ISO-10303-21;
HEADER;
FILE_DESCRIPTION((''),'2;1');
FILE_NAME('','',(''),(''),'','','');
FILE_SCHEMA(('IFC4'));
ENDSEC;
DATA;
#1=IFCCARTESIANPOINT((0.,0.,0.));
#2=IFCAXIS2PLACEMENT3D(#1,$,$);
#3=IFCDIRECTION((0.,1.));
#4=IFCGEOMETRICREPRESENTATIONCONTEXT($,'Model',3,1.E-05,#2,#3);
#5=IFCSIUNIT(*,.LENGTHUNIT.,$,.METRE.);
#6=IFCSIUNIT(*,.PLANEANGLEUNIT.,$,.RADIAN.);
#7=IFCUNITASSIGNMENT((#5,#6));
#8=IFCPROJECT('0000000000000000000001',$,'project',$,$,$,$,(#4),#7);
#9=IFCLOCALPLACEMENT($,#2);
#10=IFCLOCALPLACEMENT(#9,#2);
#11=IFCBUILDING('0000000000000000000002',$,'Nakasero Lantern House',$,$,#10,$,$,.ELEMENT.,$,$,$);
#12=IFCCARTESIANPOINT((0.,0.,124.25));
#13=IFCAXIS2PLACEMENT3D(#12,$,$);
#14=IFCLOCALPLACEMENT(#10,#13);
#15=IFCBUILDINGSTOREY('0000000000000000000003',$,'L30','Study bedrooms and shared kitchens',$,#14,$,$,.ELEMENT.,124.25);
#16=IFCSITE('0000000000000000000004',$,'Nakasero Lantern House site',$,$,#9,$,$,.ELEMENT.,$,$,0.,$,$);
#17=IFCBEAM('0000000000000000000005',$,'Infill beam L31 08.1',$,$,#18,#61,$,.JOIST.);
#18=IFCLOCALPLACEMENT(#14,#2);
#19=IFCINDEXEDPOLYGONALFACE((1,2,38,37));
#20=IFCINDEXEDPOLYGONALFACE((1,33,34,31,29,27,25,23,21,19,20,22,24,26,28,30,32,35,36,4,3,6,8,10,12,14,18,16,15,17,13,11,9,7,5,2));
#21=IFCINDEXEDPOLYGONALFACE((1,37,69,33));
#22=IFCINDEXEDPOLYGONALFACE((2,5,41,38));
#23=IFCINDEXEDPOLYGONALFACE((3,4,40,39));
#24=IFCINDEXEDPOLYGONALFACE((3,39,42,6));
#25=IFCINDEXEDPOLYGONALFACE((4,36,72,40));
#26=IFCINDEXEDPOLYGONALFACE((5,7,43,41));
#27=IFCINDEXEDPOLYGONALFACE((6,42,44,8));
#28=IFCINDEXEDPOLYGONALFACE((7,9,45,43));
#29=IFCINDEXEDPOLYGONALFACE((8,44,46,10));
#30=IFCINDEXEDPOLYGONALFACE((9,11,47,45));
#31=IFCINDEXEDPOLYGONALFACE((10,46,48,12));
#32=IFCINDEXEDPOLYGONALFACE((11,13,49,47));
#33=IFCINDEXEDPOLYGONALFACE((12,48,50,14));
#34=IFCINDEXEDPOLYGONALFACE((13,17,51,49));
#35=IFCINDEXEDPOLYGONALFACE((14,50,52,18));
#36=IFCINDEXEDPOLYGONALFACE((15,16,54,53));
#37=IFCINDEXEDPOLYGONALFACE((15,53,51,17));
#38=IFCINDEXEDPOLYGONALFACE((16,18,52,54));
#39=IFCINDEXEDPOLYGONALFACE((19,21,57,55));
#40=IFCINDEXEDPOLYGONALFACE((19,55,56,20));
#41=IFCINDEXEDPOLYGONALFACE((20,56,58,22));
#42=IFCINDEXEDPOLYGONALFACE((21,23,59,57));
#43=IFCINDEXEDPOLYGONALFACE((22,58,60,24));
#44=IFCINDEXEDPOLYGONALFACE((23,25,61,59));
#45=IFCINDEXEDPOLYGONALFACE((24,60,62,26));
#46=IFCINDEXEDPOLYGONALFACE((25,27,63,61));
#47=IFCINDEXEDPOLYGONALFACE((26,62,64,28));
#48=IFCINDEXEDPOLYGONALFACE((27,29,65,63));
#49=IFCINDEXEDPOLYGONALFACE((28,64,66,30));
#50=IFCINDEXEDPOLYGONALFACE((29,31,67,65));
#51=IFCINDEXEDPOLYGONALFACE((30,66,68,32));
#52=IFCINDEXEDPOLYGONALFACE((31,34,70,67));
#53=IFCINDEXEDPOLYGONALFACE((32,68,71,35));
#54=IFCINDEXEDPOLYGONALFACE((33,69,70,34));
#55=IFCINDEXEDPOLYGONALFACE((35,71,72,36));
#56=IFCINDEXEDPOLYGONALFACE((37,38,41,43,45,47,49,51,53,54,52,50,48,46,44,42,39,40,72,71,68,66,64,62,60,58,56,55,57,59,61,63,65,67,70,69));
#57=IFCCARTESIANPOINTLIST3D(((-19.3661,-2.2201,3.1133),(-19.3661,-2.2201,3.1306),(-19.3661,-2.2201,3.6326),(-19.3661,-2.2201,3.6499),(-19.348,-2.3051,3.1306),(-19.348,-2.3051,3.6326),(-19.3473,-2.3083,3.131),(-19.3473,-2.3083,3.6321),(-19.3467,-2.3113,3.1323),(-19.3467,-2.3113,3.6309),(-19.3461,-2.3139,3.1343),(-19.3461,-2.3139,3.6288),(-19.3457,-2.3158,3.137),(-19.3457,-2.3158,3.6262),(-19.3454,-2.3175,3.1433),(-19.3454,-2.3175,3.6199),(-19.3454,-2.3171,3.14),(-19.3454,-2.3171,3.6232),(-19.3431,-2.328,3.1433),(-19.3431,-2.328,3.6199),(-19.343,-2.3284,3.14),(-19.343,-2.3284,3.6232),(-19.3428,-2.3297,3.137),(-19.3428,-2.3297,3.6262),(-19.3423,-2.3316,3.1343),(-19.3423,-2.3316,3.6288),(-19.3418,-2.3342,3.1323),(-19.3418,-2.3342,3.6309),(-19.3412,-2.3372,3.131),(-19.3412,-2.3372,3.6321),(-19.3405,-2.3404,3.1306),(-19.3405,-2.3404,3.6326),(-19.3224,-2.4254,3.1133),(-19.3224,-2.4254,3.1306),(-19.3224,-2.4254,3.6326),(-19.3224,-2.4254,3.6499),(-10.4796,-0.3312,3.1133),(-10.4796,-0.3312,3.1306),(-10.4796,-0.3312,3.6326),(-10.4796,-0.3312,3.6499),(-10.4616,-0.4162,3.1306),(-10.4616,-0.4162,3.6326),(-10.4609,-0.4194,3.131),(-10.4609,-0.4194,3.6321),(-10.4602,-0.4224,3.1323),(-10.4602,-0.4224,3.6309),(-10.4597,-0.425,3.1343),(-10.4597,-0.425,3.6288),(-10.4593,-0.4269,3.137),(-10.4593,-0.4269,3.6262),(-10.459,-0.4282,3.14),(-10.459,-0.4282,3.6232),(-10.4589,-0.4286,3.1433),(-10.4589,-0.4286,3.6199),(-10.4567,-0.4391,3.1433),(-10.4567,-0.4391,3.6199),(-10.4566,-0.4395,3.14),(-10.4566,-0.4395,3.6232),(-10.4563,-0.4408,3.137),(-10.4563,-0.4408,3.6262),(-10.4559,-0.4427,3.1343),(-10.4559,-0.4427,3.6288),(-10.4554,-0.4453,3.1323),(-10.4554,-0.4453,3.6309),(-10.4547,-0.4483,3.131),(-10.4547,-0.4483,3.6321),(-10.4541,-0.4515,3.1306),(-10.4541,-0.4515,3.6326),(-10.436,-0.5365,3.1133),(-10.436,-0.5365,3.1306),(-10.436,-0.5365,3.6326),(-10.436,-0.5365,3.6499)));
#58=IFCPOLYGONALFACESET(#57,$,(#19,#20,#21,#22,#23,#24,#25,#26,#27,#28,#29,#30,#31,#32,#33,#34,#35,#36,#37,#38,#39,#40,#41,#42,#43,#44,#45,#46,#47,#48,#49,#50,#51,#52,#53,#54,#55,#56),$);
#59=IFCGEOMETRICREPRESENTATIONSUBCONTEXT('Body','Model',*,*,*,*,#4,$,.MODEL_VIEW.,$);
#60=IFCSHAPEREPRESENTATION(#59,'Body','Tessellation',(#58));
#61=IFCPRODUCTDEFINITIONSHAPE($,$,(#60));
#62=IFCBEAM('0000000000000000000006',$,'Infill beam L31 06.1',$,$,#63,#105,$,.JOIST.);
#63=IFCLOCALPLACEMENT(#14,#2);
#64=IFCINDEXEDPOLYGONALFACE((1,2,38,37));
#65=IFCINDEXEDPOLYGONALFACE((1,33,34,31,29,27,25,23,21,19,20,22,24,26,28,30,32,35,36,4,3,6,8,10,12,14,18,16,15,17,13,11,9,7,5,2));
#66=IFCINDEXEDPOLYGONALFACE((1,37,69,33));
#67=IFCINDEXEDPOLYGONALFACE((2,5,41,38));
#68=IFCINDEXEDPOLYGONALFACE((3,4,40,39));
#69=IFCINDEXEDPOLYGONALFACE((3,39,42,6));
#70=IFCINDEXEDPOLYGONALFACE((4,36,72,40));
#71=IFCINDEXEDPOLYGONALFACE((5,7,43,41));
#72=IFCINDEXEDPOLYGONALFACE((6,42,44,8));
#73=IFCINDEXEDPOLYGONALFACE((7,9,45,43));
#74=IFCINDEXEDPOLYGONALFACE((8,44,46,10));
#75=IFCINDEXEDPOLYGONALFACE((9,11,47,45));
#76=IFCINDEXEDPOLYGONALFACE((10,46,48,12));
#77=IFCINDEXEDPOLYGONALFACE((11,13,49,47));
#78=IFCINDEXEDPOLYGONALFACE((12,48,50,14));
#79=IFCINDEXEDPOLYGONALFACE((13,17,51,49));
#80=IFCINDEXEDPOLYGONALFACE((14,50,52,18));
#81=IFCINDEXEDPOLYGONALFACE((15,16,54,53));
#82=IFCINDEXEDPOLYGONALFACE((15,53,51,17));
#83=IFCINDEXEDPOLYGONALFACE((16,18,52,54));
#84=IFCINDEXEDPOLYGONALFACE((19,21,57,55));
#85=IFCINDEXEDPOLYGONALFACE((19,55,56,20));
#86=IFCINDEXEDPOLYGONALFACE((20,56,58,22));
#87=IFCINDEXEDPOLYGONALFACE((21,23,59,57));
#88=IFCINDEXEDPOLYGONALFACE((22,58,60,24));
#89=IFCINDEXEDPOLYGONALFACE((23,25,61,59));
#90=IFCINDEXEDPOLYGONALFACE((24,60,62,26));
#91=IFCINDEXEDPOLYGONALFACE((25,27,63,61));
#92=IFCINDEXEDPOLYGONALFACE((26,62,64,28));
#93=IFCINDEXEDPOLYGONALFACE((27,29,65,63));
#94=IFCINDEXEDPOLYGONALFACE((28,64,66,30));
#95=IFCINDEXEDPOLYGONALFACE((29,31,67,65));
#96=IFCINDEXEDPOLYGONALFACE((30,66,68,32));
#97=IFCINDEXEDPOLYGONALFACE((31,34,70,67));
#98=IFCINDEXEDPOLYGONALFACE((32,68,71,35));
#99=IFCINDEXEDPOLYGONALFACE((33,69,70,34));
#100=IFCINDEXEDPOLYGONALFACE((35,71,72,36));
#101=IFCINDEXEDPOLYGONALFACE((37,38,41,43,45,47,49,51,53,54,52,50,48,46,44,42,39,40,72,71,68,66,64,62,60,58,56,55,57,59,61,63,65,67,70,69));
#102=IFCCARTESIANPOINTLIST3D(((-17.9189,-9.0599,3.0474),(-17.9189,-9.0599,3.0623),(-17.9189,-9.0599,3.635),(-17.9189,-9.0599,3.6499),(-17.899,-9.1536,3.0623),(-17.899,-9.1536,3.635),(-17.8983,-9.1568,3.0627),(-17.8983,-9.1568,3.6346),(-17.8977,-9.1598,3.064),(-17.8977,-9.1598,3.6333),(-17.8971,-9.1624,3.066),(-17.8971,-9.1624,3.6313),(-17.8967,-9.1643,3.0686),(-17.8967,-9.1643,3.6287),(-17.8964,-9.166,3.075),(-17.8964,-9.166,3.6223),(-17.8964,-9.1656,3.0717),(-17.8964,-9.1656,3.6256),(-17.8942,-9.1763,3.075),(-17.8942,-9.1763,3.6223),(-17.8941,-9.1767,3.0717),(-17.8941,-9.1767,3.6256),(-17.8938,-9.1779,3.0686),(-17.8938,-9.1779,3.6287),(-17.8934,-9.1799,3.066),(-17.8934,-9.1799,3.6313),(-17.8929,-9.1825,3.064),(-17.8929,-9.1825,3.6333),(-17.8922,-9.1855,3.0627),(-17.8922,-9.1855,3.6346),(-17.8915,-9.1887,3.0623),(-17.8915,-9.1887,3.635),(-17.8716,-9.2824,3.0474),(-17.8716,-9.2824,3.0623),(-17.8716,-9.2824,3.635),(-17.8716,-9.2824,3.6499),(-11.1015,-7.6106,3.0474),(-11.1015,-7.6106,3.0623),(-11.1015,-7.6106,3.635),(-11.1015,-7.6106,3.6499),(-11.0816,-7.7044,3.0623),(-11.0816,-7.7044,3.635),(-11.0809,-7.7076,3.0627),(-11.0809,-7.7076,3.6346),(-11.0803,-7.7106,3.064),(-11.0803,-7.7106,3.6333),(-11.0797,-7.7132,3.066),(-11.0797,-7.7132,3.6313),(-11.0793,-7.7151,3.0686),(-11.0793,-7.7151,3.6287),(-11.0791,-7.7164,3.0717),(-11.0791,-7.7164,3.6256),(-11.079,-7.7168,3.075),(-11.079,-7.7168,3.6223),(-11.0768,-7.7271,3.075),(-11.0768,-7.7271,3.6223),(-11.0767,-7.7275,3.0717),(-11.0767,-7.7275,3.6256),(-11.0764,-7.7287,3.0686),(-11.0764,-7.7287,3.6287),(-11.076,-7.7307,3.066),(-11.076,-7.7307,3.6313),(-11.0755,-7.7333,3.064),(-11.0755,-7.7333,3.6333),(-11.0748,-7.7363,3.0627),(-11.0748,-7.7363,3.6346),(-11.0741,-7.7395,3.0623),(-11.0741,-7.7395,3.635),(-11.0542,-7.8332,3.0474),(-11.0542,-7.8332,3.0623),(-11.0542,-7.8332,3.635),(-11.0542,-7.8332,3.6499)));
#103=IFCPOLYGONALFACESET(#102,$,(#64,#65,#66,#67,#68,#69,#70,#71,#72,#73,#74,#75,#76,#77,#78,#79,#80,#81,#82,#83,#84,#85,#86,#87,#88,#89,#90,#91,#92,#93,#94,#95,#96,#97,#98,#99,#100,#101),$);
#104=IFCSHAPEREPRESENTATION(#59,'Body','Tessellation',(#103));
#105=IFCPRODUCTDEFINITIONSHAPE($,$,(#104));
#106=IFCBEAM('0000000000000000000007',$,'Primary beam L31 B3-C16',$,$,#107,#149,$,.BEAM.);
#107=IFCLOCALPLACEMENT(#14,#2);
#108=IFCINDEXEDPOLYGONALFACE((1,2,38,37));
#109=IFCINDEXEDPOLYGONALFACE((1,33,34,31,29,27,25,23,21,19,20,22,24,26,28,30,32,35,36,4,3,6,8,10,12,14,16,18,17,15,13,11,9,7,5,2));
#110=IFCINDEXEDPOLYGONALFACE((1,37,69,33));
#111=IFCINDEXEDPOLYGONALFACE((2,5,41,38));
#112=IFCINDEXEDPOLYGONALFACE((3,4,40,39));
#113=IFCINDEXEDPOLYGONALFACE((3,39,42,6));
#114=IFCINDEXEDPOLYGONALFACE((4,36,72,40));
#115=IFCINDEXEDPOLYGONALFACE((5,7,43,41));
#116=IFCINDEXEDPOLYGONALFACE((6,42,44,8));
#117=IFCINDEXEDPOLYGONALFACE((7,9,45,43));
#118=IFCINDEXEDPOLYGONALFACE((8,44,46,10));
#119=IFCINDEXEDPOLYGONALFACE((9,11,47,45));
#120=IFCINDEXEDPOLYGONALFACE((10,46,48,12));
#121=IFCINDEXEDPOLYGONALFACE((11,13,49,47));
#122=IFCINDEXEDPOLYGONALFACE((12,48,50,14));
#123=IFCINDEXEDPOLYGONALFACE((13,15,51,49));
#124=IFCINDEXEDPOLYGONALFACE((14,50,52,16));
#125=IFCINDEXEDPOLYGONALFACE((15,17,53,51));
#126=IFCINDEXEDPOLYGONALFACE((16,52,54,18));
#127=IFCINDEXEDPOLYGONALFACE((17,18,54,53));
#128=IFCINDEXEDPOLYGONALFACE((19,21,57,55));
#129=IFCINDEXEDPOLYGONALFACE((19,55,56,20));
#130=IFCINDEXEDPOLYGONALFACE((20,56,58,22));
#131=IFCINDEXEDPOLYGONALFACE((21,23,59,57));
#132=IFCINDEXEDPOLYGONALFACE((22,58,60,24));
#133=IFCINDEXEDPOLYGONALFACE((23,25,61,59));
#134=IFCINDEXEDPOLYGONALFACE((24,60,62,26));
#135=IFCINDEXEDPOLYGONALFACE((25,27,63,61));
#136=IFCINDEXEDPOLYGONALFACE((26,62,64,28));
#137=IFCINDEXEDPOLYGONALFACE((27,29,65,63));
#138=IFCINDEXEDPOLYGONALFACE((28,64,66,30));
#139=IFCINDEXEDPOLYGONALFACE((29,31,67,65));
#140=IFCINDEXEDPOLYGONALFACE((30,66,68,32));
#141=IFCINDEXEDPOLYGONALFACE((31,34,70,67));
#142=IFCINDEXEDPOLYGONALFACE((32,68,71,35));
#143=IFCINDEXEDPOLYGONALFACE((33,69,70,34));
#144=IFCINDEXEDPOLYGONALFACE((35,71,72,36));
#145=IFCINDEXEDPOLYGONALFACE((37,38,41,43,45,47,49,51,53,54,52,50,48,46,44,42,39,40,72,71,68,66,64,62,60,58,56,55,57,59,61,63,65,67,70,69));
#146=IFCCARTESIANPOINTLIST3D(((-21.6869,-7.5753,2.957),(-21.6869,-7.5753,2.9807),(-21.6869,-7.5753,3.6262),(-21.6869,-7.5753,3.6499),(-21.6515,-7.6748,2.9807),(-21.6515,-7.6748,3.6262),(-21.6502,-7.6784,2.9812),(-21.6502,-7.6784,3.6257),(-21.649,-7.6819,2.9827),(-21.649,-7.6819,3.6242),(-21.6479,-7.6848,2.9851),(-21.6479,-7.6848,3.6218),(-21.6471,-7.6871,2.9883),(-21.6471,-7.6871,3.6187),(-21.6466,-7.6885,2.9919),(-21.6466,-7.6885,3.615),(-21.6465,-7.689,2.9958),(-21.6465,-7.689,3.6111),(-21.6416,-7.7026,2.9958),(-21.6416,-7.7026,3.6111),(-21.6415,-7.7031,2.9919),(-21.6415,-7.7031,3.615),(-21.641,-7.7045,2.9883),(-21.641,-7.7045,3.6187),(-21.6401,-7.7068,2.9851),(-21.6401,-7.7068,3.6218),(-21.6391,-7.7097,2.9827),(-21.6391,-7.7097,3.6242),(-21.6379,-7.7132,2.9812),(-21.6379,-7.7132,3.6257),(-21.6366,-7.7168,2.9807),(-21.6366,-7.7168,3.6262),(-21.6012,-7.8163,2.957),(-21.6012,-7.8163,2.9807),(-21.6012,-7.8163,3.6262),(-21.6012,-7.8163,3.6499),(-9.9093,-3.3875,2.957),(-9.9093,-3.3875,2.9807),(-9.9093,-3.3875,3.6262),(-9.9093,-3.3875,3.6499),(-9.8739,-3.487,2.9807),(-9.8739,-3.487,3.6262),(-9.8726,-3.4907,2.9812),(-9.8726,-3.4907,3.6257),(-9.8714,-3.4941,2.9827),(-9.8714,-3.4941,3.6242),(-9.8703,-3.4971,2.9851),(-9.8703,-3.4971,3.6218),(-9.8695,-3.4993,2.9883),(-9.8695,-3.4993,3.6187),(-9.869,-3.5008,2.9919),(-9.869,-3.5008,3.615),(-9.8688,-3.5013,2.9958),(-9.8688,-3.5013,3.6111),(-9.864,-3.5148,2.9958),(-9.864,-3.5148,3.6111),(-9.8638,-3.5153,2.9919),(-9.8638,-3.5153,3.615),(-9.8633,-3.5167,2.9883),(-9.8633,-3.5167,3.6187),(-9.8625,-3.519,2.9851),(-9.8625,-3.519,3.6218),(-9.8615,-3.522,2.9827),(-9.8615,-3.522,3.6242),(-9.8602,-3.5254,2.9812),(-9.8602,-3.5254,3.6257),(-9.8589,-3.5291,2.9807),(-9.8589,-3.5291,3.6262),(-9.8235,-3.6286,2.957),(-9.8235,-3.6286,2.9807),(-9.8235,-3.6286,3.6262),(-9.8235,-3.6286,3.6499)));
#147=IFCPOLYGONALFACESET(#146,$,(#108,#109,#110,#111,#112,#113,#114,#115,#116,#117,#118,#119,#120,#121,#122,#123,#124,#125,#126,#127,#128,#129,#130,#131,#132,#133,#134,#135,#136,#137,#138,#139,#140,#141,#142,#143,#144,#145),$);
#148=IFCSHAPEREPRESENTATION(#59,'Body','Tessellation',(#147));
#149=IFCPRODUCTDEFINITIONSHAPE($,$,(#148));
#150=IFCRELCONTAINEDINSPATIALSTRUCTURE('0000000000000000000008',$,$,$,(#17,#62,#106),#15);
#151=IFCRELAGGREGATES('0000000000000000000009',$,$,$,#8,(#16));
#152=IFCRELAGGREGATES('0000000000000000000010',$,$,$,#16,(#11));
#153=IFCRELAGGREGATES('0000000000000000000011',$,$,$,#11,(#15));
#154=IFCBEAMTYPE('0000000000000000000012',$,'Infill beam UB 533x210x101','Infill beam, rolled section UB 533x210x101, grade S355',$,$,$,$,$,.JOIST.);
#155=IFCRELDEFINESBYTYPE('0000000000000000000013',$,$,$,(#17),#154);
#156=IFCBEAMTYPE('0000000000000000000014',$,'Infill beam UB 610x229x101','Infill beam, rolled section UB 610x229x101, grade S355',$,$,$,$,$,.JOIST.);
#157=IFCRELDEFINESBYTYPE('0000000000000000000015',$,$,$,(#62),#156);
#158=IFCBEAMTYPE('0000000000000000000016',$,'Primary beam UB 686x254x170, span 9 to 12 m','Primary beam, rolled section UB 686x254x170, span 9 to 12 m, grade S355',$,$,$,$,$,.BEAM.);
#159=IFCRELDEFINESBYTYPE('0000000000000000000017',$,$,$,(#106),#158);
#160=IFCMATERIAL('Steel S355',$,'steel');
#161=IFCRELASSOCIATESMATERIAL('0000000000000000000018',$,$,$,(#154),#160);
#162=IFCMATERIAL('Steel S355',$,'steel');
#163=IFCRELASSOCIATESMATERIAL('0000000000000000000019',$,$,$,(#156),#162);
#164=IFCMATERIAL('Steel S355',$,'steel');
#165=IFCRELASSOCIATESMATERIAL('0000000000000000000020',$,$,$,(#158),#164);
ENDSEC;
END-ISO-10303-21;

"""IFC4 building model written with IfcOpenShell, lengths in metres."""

from ifc_helpers import new_model, si_unit, direction, frame, origin, origin_2d, place, context, subcontext, project, spatial, i_section, extrude, material, material_profile, profile_set, type_object, element, save


model = new_model("IFC4")

# Units and contexts
model_context = context("Model", 3, precision=1e-05, world=origin(), true_north=direction((0.0, 1.0)))
body_context = subcontext(model_context, "Body", "Model", "MODEL_VIEW")
ifc_project = project(units=[si_unit("LENGTHUNIT", "METRE"), si_unit("PLANEANGLEUNIT", "RADIAN")], contexts=[model_context])

# Site, building, storey
site_placement = place(None, origin())
site = spatial("IfcSite", under=ifc_project, at=site_placement, Name="Nakasero Lantern House site", CompositionType="ELEMENT", RefElevation=0.0)
building_placement = place(site_placement, origin())
building = spatial("IfcBuilding", under=site, at=building_placement, Name="Nakasero Lantern House", CompositionType="ELEMENT")
storey_placement = place(building_placement, frame((0.0, 0.0, 124.25)))
storey = spatial("IfcBuildingStorey", under=building, at=storey_placement, Name="L30", Description="Study bedrooms and shared kitchens", CompositionType="ELEMENT", Elevation=124.25)

# Beams
ifc_material_1 = material(Name="Steel S355", Category="steel")
ifc_material_profile_1 = material_profile(ifc_material_1, i_section(OverallWidth=0.21, OverallDepth=0.5366, WebThickness=0.0107, FlangeThickness=0.0173, FilletRadius=0.0127, at=origin_2d()), Name="UB 533x210x101")
ifc_profile_set_1 = profile_set([ifc_material_profile_1], Name="Steel S355")
beam_type_1 = type_object("IfcBeamType", Name="Infill beam UB 533x210x101", Description="Infill beam, rolled section UB 533x210x101, grade S355", PredefinedType="JOIST", material=ifc_profile_set_1)
beam_1_placement = place(storey_placement, frame((-19.3442, -2.3228, 3.3816), z_axis=(0.978147, 0.207916, 0.0), x_axis=(-0.207916, 0.978147, 0.0)))
element("IfcBeam", 1, at=beam_1_placement, inside=storey, type_object=beam_type_1, Name="Infill beam L31 08.1", PredefinedType="JOIST", context=body_context, shape_type="SweptSolid", body=[
    extrude(i_section(OverallWidth=0.21, OverallDepth=0.5366, WebThickness=0.0107, FlangeThickness=0.0173, FilletRadius=0.0127, at=origin_2d()), origin(), (0.0, 0.0, 1.0), 9.085),
])
ifc_material_2 = material(Name="Steel S355", Category="steel")
ifc_material_profile_2 = material_profile(ifc_material_2, i_section(OverallWidth=0.2275, OverallDepth=0.6025, WebThickness=0.0105, FlangeThickness=0.0149, FilletRadius=0.0127, at=origin_2d()), Name="UB 610x229x101")
ifc_profile_set_2 = profile_set([ifc_material_profile_2], Name="Steel S355")
beam_type_2 = type_object("IfcBeamType", Name="Infill beam UB 610x229x101", Description="Infill beam, rolled section UB 610x229x101, grade S355", PredefinedType="JOIST", material=ifc_profile_set_2)
beam_2_placement = place(storey_placement, frame((-17.8953, -9.1711, 3.3486), z_axis=(0.978144, 0.207931, 0.0), x_axis=(-0.207931, 0.978144, 0.0)))
element("IfcBeam", 2, at=beam_2_placement, inside=storey, type_object=beam_type_2, Name="Infill beam L31 06.1", PredefinedType="JOIST", context=body_context, shape_type="SweptSolid", body=[
    extrude(i_section(OverallWidth=0.2275, OverallDepth=0.6025, WebThickness=0.0105, FlangeThickness=0.0149, FilletRadius=0.0127, at=origin_2d()), origin(), (0.0, 0.0, 1.0), 6.9697),
])
ifc_material_3 = material(Name="Steel S355", Category="steel")
ifc_material_profile_3 = material_profile(ifc_material_3, i_section(OverallWidth=0.2559, OverallDepth=0.6929, WebThickness=0.0144, FlangeThickness=0.0237, FilletRadius=0.0151, at=origin_2d()), Name="UB 686x254x170")
ifc_profile_set_3 = profile_set([ifc_material_profile_3], Name="Steel S355")
beam_type_3 = type_object("IfcBeamType", Name="Primary beam UB 686x254x170, span 9 to 12 m", Description="Primary beam, rolled section UB 686x254x170, span 9 to 12 m, grade S355", PredefinedType="BEAM", material=ifc_profile_set_3)
beam_3_placement = place(storey_placement, frame((-21.644, -7.6958, 3.3035), z_axis=(0.942211, 0.335021, 0.0), x_axis=(-0.335021, 0.942211, 0.0)))
element("IfcBeam", 3, at=beam_3_placement, inside=storey, type_object=beam_type_3, Name="Primary beam L31 B3-C16", PredefinedType="BEAM", context=body_context, shape_type="SweptSolid", body=[
    extrude(i_section(OverallWidth=0.2559, OverallDepth=0.6929, WebThickness=0.0144, FlangeThickness=0.0237, FilletRadius=0.0151, at=origin_2d()), origin(), (0.0, 0.0, 1.0), 12.5),
])

save(model, "model.ifc")
